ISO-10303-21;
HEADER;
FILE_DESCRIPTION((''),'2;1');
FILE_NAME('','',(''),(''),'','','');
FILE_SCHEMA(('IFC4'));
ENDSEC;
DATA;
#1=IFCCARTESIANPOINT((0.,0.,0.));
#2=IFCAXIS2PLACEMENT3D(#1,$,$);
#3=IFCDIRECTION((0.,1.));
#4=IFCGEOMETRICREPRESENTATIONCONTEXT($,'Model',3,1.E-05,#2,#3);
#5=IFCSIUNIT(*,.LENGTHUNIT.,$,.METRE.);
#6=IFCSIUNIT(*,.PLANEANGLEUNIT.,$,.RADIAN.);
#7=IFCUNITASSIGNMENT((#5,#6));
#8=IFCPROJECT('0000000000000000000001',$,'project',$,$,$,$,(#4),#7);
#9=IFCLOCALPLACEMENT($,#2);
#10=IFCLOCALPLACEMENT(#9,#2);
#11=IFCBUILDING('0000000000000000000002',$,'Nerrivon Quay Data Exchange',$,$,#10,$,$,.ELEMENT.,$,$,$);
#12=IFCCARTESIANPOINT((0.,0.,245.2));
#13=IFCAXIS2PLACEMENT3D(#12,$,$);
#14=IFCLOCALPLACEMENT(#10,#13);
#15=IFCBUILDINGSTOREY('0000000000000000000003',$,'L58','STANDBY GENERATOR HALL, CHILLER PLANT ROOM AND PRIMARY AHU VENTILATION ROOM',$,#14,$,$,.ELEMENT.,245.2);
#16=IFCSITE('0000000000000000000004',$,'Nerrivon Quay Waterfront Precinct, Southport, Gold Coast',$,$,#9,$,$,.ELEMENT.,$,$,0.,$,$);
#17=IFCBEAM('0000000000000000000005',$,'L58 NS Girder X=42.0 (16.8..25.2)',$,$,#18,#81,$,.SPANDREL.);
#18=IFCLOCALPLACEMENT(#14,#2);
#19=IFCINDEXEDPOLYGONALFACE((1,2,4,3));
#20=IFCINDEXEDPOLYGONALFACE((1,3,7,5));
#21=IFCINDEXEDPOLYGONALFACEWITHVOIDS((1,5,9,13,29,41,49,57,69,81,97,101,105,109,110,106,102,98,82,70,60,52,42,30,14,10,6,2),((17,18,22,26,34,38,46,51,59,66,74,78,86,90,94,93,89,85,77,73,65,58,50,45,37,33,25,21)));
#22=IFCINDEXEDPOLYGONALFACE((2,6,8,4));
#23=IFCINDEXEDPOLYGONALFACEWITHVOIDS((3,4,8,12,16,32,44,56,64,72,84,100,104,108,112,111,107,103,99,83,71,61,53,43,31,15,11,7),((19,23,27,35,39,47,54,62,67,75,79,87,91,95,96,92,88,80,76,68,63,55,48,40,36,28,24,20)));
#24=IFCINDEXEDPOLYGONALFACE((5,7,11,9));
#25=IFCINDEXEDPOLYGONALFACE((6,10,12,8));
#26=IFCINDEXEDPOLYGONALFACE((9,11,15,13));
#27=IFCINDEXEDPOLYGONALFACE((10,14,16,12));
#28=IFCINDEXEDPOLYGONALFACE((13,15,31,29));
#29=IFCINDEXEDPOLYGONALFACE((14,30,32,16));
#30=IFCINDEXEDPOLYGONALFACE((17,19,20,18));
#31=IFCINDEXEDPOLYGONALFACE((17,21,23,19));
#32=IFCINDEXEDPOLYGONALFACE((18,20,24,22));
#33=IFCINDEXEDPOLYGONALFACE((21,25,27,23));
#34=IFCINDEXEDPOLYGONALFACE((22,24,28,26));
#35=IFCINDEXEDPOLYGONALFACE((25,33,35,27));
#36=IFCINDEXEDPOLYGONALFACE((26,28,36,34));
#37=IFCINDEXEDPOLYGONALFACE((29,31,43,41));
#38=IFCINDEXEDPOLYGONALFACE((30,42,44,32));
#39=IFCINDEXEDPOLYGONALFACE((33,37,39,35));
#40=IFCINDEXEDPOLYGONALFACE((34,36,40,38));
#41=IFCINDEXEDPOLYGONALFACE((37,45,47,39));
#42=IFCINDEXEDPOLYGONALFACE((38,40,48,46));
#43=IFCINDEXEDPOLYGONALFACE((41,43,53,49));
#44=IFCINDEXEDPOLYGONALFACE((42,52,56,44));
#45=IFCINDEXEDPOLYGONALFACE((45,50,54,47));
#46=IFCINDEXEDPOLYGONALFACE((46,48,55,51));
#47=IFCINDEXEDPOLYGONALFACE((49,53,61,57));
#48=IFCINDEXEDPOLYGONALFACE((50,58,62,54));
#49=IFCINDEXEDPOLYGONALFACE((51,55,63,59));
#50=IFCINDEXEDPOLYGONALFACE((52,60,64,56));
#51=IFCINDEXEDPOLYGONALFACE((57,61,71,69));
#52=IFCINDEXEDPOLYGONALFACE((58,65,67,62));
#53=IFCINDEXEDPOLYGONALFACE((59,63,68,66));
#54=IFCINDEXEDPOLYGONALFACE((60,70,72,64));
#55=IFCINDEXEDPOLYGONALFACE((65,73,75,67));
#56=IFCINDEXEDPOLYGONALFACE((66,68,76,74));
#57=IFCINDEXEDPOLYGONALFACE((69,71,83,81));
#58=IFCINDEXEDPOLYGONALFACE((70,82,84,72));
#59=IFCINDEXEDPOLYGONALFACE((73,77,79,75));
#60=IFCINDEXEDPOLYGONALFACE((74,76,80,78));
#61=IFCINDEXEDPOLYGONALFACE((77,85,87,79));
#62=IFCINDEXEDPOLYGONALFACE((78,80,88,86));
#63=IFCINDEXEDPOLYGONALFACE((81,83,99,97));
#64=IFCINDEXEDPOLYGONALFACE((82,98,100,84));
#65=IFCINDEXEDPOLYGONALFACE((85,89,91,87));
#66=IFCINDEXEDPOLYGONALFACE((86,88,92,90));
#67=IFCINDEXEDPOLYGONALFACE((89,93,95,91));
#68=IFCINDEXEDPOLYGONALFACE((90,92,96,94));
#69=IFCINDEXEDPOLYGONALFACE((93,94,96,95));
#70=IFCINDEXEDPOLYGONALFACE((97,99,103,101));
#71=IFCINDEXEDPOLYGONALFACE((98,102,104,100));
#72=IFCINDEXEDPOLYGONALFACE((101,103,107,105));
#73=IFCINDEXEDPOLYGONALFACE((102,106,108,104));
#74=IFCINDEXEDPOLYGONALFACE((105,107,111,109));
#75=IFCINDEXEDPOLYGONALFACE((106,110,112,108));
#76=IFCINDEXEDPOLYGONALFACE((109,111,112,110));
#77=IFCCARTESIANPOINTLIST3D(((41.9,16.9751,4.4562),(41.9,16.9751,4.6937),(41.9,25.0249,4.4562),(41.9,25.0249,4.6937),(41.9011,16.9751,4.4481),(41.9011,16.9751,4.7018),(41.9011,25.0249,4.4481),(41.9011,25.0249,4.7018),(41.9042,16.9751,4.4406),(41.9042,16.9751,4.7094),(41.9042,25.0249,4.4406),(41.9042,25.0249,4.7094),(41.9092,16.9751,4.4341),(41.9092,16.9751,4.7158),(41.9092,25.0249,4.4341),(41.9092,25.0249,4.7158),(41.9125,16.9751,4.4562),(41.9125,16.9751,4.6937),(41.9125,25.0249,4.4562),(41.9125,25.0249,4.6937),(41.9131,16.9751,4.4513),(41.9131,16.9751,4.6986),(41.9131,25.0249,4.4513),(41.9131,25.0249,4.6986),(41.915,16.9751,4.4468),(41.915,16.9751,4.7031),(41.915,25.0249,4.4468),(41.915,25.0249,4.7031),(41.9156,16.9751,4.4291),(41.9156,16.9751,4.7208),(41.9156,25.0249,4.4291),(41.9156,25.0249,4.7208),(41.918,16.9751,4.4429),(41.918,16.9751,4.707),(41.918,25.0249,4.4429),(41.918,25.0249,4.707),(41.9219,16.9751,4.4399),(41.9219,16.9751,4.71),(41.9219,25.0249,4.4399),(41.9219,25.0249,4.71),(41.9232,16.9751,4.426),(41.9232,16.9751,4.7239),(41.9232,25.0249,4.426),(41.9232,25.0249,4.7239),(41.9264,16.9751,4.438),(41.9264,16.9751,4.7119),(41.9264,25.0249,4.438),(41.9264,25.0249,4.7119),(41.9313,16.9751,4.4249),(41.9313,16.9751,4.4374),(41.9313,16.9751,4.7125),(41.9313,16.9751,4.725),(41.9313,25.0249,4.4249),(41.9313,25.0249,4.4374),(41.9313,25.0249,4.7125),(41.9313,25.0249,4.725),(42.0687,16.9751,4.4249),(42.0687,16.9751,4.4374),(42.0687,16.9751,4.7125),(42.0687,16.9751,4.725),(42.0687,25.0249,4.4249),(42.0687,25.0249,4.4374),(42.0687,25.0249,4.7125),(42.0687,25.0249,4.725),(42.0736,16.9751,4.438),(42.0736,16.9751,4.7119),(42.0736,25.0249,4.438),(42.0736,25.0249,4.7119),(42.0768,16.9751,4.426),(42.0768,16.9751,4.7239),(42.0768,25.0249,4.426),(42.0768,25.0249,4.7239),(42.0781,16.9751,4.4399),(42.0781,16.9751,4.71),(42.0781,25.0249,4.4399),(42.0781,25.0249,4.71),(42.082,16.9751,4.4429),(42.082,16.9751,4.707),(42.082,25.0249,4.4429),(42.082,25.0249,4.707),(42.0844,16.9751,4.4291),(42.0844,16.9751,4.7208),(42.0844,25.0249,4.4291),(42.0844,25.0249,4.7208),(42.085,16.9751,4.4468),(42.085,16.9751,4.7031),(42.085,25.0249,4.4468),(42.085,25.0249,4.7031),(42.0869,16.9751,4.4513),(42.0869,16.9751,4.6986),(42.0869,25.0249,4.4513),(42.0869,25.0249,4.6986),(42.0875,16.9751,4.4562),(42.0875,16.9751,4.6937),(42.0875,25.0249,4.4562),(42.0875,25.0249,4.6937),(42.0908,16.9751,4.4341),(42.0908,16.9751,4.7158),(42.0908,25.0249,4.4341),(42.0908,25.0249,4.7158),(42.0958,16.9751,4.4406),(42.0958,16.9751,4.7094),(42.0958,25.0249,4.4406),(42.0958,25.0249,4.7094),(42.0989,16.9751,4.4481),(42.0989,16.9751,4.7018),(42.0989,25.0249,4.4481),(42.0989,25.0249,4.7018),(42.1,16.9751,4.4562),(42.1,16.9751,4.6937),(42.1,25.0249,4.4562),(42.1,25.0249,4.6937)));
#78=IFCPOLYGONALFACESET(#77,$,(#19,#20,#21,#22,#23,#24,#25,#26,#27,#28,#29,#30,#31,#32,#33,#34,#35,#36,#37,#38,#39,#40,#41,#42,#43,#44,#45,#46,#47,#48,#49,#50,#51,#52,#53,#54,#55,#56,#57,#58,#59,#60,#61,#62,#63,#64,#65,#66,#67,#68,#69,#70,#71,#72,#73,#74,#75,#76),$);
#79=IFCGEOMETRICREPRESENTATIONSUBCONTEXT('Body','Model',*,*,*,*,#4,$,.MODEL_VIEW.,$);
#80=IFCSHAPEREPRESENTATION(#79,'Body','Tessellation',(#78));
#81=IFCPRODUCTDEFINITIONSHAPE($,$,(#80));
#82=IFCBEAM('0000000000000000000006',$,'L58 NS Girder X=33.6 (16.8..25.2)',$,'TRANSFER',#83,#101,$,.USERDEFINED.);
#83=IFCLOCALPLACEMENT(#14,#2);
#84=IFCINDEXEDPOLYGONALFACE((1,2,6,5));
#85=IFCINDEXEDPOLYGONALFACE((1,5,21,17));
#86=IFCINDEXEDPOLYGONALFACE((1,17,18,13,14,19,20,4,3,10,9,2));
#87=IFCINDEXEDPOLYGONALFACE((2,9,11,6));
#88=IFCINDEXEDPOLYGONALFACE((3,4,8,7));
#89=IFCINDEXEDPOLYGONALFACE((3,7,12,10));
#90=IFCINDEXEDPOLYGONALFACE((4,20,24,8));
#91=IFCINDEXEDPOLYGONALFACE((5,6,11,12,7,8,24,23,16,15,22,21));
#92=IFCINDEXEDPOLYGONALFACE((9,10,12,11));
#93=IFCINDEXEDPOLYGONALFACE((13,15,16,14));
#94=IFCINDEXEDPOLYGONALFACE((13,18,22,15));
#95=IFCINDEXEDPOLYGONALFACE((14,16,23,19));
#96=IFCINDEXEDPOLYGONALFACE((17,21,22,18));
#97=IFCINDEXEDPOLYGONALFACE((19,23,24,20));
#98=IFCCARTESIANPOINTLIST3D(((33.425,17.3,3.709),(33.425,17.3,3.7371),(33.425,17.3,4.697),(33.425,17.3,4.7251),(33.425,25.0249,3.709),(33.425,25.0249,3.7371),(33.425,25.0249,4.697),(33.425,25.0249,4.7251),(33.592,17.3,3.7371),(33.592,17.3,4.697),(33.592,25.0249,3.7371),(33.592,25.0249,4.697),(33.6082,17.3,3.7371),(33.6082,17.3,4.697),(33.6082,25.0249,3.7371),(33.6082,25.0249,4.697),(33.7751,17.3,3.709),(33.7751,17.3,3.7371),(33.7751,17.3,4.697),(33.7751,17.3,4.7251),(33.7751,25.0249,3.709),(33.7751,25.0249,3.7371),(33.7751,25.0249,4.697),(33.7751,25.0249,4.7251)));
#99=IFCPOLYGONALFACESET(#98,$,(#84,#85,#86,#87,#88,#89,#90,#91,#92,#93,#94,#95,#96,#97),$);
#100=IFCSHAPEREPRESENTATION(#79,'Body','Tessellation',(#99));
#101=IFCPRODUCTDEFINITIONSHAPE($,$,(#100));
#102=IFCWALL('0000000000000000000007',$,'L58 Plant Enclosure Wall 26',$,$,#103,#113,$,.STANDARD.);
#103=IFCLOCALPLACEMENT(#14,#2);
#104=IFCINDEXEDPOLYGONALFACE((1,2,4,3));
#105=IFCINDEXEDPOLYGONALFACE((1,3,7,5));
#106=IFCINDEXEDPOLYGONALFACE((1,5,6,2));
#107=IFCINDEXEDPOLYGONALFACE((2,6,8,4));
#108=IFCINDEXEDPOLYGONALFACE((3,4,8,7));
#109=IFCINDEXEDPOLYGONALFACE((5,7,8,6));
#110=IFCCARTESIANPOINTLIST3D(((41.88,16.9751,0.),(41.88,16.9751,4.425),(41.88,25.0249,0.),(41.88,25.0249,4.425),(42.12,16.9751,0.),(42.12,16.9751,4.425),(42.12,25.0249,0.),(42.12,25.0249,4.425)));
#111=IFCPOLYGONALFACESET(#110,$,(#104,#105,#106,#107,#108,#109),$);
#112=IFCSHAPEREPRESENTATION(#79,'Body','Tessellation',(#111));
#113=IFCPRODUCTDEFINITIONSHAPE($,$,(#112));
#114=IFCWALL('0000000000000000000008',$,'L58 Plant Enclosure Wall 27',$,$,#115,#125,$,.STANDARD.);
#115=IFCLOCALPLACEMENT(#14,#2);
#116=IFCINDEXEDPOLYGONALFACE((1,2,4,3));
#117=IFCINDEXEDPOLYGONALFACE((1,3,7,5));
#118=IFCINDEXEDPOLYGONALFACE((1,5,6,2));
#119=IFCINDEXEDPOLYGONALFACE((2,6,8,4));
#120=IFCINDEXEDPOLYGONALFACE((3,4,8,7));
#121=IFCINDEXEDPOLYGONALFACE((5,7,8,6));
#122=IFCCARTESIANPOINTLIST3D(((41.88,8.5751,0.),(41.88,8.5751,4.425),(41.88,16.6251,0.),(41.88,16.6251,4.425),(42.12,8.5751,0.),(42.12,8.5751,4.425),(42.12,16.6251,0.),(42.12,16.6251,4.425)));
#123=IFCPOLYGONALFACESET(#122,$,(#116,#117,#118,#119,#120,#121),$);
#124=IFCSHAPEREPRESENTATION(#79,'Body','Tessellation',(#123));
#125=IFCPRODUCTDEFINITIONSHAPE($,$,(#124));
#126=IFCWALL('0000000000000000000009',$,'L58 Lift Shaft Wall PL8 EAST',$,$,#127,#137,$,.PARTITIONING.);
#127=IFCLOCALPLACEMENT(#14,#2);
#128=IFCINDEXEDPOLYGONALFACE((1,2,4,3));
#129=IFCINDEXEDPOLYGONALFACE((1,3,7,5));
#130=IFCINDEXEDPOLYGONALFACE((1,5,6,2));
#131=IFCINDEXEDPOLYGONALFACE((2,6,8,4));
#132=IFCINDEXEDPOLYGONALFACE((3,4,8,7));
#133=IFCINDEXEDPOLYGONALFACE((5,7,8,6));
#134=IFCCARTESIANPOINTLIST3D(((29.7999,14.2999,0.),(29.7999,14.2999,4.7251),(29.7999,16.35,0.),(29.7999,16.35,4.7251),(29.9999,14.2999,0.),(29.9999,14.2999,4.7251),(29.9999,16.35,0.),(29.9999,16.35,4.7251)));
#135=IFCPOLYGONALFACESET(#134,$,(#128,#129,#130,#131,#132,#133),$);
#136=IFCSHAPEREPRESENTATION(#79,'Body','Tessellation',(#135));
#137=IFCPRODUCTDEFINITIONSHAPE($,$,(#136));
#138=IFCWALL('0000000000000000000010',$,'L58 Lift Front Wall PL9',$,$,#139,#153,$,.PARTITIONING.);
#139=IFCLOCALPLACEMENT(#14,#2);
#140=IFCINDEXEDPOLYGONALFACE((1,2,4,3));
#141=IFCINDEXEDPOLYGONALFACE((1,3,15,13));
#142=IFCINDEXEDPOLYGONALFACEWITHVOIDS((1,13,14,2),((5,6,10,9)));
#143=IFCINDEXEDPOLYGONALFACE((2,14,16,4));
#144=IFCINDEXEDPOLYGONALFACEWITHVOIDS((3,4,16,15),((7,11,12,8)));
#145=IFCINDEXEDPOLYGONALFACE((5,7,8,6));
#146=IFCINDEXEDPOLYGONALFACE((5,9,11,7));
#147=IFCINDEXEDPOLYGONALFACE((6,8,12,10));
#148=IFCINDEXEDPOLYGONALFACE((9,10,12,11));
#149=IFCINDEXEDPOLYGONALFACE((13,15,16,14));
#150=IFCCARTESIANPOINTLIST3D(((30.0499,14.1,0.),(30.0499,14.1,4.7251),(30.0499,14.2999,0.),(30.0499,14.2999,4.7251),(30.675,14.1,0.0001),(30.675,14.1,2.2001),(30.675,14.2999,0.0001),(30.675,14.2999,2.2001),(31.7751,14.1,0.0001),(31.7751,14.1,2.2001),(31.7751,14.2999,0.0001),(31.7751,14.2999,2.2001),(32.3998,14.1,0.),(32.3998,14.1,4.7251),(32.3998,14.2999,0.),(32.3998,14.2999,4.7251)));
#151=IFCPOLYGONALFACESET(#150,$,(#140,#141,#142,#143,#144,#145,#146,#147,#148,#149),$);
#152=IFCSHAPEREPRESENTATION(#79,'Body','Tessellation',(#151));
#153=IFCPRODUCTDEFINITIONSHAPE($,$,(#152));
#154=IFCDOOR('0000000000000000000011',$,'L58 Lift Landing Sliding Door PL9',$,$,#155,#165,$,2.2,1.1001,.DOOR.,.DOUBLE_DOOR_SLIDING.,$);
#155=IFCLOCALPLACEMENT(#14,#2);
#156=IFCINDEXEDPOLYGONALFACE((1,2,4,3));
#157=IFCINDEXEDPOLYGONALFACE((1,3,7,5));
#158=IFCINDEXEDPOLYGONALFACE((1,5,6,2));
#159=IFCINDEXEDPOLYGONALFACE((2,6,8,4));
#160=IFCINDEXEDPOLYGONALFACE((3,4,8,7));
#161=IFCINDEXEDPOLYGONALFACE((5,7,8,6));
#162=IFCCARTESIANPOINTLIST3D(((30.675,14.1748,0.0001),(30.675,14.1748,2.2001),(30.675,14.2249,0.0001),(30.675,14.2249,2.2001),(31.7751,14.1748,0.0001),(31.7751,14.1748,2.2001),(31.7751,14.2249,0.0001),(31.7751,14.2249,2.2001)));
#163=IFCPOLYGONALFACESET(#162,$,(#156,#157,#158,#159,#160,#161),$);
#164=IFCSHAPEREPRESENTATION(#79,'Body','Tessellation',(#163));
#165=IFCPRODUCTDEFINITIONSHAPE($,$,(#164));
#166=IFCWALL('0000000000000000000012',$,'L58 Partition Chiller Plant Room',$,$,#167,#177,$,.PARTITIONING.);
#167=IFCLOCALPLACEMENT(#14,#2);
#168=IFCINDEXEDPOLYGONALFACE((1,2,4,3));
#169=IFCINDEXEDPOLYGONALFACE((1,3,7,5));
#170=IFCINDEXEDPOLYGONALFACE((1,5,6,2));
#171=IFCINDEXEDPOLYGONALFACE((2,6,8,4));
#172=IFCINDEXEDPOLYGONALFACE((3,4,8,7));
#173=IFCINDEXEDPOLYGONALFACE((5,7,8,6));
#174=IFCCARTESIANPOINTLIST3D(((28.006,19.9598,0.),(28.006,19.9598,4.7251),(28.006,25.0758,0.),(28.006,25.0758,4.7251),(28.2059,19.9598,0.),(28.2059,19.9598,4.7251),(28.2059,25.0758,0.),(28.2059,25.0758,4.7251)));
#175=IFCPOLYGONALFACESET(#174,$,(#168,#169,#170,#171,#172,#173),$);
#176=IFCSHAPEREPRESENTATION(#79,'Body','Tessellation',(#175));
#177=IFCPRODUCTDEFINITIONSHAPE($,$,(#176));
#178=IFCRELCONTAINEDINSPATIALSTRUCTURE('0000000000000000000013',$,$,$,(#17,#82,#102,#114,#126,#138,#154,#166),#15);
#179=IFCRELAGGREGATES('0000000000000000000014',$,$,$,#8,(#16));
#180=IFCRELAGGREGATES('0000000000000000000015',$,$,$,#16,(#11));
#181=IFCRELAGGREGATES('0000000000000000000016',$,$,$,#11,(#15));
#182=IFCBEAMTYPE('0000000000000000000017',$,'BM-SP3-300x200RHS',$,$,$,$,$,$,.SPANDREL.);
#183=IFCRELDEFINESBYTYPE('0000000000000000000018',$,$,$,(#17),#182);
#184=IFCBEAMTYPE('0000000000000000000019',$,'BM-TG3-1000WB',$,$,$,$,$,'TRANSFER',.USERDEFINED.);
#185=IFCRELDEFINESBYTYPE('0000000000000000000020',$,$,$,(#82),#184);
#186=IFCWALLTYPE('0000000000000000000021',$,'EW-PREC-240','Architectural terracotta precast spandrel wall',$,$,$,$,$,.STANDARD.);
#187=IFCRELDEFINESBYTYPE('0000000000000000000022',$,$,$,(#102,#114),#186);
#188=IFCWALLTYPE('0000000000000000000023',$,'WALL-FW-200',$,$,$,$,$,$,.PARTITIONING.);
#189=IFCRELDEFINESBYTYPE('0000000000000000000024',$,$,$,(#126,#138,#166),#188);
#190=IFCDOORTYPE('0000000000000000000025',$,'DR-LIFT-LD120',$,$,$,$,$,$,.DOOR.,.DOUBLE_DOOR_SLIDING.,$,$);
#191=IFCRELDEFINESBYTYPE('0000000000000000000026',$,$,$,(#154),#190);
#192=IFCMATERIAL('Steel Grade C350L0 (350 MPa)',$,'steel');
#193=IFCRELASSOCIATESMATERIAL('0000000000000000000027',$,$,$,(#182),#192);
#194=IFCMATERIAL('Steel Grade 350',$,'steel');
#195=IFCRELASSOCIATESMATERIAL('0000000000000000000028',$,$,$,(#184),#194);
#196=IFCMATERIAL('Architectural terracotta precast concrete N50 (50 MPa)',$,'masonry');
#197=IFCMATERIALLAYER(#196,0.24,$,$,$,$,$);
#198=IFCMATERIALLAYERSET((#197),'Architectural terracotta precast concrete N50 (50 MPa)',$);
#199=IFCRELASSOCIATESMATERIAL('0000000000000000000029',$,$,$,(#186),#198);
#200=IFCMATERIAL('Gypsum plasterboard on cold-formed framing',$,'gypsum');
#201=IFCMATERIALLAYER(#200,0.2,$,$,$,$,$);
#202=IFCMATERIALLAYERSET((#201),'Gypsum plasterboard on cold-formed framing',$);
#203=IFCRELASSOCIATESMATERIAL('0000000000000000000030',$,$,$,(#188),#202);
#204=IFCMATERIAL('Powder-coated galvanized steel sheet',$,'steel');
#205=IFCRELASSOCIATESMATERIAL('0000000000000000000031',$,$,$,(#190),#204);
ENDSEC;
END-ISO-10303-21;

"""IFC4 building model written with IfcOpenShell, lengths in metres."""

from ifc_helpers import new_model, si_unit, direction, frame, frame_2d, origin, origin_2d, place, context, subcontext, project, spatial, rectangle, hollow_rectangle, i_section, extrude, material, layer, layer_set, material_profile, profile_set, type_object, element, fill, save


model = new_model("IFC4")

# Units and contexts
model_context = context("Model", 3, precision=1e-05, world=origin(), true_north=direction((0.0, 1.0)))
body_context = subcontext(model_context, "Body", "Model", "MODEL_VIEW")
ifc_project = project(units=[si_unit("LENGTHUNIT", "METRE"), si_unit("PLANEANGLEUNIT", "RADIAN")], contexts=[model_context])

# Site, building, storey
site_placement = place(None, origin())
site = spatial("IfcSite", under=ifc_project, at=site_placement, Name="Nerrivon Quay Waterfront Precinct, Southport, Gold Coast", CompositionType="ELEMENT", RefElevation=0.0)
building_placement = place(site_placement, origin())
building = spatial("IfcBuilding", under=site, at=building_placement, Name="Nerrivon Quay Data Exchange", CompositionType="ELEMENT")
storey_placement = place(building_placement, frame((0.0, 0.0, 245.2)))
storey = spatial("IfcBuildingStorey", under=building, at=storey_placement, Name="L58", Description="STANDBY GENERATOR HALL, CHILLER PLANT ROOM AND PRIMARY AHU VENTILATION ROOM", CompositionType="ELEMENT", Elevation=245.2)

# Shared definitions
ifc_material_1 = material(Name="Steel Grade 350", Category="steel")

# Beams
ifc_material_2 = material(Name="Steel Grade C350L0 (350 MPa)", Category="steel")
ifc_material_profile_1 = material_profile(ifc_material_2, hollow_rectangle(XDim=0.2, YDim=0.3, WallThickness=0.0125, InnerFilletRadius=0.0188, OuterFilletRadius=0.0312, at=origin_2d()), Name="300x200x12.5RHS")
ifc_profile_set_1 = profile_set([ifc_material_profile_1], Name="Steel Grade C350L0 (350 MPa)")
beam_type_1 = type_object("IfcBeamType", Name="BM-SP3-300x200RHS", PredefinedType="SPANDREL", material=ifc_profile_set_1)
beam_1_placement = place(storey_placement, frame((42.0, 16.9751, 4.575), z_axis=(0.0, 1.0, 0.0), x_axis=(-1.0, 0.0, 0.0)))
element("IfcBeam", 1, at=beam_1_placement, inside=storey, type_object=beam_type_1, Name="L58 NS Girder X=42.0 (16.8..25.2)", PredefinedType="SPANDREL", context=body_context, shape_type="SweptSolid", body=[
    extrude(hollow_rectangle(XDim=0.2, YDim=0.3, WallThickness=0.0125, InnerFilletRadius=0.0188, OuterFilletRadius=0.0312, at=origin_2d()), origin(), (0.0, 0.0, 1.0), 8.0498),
])
ifc_material_profile_2 = material_profile(ifc_material_1, i_section(OverallWidth=0.3501, OverallDepth=1.0161, WebThickness=0.0161, FlangeThickness=0.0281, at=origin_2d()), Name="1000WB258")
ifc_profile_set_2 = profile_set([ifc_material_profile_2], Name="Steel Grade 350")
beam_type_2 = type_object("IfcBeamType", Name="BM-TG3-1000WB", ElementType="TRANSFER", PredefinedType="USERDEFINED", material=ifc_profile_set_2)
beam_2_placement = place(storey_placement, frame((33.6001, 17.3, 4.217), z_axis=(0.0, 1.0, 0.0), x_axis=(-1.0, 0.0, 0.0)))
element("IfcBeam", 2, at=beam_2_placement, inside=storey, type_object=beam_type_2, Name="L58 NS Girder X=33.6 (16.8..25.2)", ObjectType="TRANSFER", PredefinedType="USERDEFINED", context=body_context, shape_type="SweptSolid", body=[
    extrude(i_section(OverallWidth=0.3501, OverallDepth=1.0161, WebThickness=0.0161, FlangeThickness=0.0281, at=origin_2d()), origin(), (0.0, 0.0, 1.0), 7.7249),
])

# Walls
ifc_material_3 = material(Name="Architectural terracotta precast concrete N50 (50 MPa)", Category="masonry")
ifc_layer_1 = layer(ifc_material_3, 0.24)
ifc_layer_set_1 = layer_set([ifc_layer_1], Name="Architectural terracotta precast concrete N50 (50 MPa)")
wall_type_1 = type_object("IfcWallType", Name="EW-PREC-240", Description="Architectural terracotta precast spandrel wall", PredefinedType="STANDARD", material=ifc_layer_set_1)
wall_1_placement = place(storey_placement, frame((42.0, 25.0249, 0.0), z_axis=(0.0, 0.0, 1.0), x_axis=(0.0, -1.0, 0.0)))
element("IfcWall", 3, at=wall_1_placement, inside=storey, type_object=wall_type_1, Name="L58 Plant Enclosure Wall 26", PredefinedType="STANDARD", context=body_context, shape_type="SweptSolid", body=[
    extrude(rectangle(XDim=8.0498, YDim=0.24, at=frame_2d((4.0249, 0.0))), origin(), (0.0, 0.0, 1.0), 4.425),
])
wall_2_placement = place(storey_placement, frame((42.0, 16.625, 0.0), z_axis=(0.0, 0.0, 1.0), x_axis=(0.0, -1.0, 0.0)))
element("IfcWall", 4, at=wall_2_placement, inside=storey, type_object=wall_type_1, Name="L58 Plant Enclosure Wall 27", PredefinedType="STANDARD", context=body_context, shape_type="SweptSolid", body=[
    extrude(rectangle(XDim=8.05, YDim=0.24, at=frame_2d((4.0249, 0.0))), origin(), (0.0, 0.0, 1.0), 4.425),
])
ifc_material_4 = material(Name="Gypsum plasterboard on cold-formed framing", Category="gypsum")
ifc_layer_2 = layer(ifc_material_4, 0.2)
ifc_layer_set_2 = layer_set([ifc_layer_2], Name="Gypsum plasterboard on cold-formed framing")
wall_type_2 = type_object("IfcWallType", Name="WALL-FW-200", PredefinedType="PARTITIONING", material=ifc_layer_set_2)
wall_3_placement = place(storey_placement, frame((29.8999, 14.3, 0.0), z_axis=(0.0, 0.0, 1.0), x_axis=(0.0, 1.0, 0.0)))
element("IfcWall", 5, at=wall_3_placement, inside=storey, type_object=wall_type_2, Name="L58 Lift Shaft Wall PL8 EAST", PredefinedType="PARTITIONING", context=body_context, shape_type="SweptSolid", body=[
    extrude(rectangle(XDim=2.05, YDim=0.2, at=frame_2d((1.0249, 0.0))), origin(), (0.0, 0.0, 1.0), 4.7251),
])

# Wall, opening, door
wall_4_placement = place(storey_placement, frame((30.05, 14.2, 0.0), z_axis=(0.0, 0.0, 1.0), x_axis=(1.0, 0.0, 0.0)))
wall_4 = element("IfcWall", 6, at=wall_4_placement, inside=storey, type_object=wall_type_2, Name="L58 Lift Front Wall PL9", PredefinedType="PARTITIONING", context=body_context, shape_type="SweptSolid", body=[
    extrude(rectangle(XDim=2.3499, YDim=0.2, at=frame_2d((1.1748, 0.0))), origin(), (0.0, 0.0, 1.0), 4.7251),
])
opening_1_placement = place(wall_4_placement, frame((0.625, 0.0, 0.0)))
opening_1 = element("IfcOpeningElement", 7, at=opening_1_placement, cuts=wall_4, PredefinedType="OPENING", context=body_context, shape_type="SweptSolid", body=[
    extrude(rectangle(XDim=1.1001, YDim=2.2, at=frame_2d((0.55, 1.1001))), frame((0.0, 0.1099, 0.0), z_axis=(0.0, -1.0, 0.0), x_axis=(1.0, 0.0, 0.0)), (0.0, 0.0, 1.0), 0.22),
])
ifc_material_5 = material(Name="Powder-coated galvanized steel sheet", Category="steel")
door_type_1 = type_object("IfcDoorType", Name="DR-LIFT-LD120", OperationType="DOUBLE_DOOR_SLIDING", PredefinedType="DOOR", material=ifc_material_5)
door_1_placement = place(opening_1_placement, origin())
door_1 = element("IfcDoor", 8, at=door_1_placement, inside=storey, type_object=door_type_1, Name="L58 Lift Landing Sliding Door PL9", OperationType="DOUBLE_DOOR_SLIDING", OverallHeight=2.2, OverallWidth=1.1001, PredefinedType="DOOR", context=body_context, shape_type="SweptSolid", body=[
    extrude(rectangle(XDim=1.1001, YDim=2.2, at=frame_2d((0.55, 1.1001))), frame((0.0, 0.0249, 0.0), z_axis=(0.0, -1.0, 0.0), x_axis=(1.0, 0.0, 0.0)), (0.0, 0.0, 1.0), 0.05),
])
fill(opening_1, door_1)

# Wall
wall_5_placement = place(storey_placement, frame((28.106, 25.0759, 0.0), z_axis=(0.0, 0.0, 1.0), x_axis=(0.0, -1.0, 0.0)))
element("IfcWall", 9, at=wall_5_placement, inside=storey, type_object=wall_type_2, Name="L58 Partition Chiller Plant Room", PredefinedType="PARTITIONING", context=body_context, shape_type="SweptSolid", body=[
    extrude(rectangle(XDim=5.116, YDim=0.2, at=frame_2d((2.5581, 0.0))), origin(), (0.0, 0.0, 1.0), 4.7251),
])

save(model, "model.ifc")
